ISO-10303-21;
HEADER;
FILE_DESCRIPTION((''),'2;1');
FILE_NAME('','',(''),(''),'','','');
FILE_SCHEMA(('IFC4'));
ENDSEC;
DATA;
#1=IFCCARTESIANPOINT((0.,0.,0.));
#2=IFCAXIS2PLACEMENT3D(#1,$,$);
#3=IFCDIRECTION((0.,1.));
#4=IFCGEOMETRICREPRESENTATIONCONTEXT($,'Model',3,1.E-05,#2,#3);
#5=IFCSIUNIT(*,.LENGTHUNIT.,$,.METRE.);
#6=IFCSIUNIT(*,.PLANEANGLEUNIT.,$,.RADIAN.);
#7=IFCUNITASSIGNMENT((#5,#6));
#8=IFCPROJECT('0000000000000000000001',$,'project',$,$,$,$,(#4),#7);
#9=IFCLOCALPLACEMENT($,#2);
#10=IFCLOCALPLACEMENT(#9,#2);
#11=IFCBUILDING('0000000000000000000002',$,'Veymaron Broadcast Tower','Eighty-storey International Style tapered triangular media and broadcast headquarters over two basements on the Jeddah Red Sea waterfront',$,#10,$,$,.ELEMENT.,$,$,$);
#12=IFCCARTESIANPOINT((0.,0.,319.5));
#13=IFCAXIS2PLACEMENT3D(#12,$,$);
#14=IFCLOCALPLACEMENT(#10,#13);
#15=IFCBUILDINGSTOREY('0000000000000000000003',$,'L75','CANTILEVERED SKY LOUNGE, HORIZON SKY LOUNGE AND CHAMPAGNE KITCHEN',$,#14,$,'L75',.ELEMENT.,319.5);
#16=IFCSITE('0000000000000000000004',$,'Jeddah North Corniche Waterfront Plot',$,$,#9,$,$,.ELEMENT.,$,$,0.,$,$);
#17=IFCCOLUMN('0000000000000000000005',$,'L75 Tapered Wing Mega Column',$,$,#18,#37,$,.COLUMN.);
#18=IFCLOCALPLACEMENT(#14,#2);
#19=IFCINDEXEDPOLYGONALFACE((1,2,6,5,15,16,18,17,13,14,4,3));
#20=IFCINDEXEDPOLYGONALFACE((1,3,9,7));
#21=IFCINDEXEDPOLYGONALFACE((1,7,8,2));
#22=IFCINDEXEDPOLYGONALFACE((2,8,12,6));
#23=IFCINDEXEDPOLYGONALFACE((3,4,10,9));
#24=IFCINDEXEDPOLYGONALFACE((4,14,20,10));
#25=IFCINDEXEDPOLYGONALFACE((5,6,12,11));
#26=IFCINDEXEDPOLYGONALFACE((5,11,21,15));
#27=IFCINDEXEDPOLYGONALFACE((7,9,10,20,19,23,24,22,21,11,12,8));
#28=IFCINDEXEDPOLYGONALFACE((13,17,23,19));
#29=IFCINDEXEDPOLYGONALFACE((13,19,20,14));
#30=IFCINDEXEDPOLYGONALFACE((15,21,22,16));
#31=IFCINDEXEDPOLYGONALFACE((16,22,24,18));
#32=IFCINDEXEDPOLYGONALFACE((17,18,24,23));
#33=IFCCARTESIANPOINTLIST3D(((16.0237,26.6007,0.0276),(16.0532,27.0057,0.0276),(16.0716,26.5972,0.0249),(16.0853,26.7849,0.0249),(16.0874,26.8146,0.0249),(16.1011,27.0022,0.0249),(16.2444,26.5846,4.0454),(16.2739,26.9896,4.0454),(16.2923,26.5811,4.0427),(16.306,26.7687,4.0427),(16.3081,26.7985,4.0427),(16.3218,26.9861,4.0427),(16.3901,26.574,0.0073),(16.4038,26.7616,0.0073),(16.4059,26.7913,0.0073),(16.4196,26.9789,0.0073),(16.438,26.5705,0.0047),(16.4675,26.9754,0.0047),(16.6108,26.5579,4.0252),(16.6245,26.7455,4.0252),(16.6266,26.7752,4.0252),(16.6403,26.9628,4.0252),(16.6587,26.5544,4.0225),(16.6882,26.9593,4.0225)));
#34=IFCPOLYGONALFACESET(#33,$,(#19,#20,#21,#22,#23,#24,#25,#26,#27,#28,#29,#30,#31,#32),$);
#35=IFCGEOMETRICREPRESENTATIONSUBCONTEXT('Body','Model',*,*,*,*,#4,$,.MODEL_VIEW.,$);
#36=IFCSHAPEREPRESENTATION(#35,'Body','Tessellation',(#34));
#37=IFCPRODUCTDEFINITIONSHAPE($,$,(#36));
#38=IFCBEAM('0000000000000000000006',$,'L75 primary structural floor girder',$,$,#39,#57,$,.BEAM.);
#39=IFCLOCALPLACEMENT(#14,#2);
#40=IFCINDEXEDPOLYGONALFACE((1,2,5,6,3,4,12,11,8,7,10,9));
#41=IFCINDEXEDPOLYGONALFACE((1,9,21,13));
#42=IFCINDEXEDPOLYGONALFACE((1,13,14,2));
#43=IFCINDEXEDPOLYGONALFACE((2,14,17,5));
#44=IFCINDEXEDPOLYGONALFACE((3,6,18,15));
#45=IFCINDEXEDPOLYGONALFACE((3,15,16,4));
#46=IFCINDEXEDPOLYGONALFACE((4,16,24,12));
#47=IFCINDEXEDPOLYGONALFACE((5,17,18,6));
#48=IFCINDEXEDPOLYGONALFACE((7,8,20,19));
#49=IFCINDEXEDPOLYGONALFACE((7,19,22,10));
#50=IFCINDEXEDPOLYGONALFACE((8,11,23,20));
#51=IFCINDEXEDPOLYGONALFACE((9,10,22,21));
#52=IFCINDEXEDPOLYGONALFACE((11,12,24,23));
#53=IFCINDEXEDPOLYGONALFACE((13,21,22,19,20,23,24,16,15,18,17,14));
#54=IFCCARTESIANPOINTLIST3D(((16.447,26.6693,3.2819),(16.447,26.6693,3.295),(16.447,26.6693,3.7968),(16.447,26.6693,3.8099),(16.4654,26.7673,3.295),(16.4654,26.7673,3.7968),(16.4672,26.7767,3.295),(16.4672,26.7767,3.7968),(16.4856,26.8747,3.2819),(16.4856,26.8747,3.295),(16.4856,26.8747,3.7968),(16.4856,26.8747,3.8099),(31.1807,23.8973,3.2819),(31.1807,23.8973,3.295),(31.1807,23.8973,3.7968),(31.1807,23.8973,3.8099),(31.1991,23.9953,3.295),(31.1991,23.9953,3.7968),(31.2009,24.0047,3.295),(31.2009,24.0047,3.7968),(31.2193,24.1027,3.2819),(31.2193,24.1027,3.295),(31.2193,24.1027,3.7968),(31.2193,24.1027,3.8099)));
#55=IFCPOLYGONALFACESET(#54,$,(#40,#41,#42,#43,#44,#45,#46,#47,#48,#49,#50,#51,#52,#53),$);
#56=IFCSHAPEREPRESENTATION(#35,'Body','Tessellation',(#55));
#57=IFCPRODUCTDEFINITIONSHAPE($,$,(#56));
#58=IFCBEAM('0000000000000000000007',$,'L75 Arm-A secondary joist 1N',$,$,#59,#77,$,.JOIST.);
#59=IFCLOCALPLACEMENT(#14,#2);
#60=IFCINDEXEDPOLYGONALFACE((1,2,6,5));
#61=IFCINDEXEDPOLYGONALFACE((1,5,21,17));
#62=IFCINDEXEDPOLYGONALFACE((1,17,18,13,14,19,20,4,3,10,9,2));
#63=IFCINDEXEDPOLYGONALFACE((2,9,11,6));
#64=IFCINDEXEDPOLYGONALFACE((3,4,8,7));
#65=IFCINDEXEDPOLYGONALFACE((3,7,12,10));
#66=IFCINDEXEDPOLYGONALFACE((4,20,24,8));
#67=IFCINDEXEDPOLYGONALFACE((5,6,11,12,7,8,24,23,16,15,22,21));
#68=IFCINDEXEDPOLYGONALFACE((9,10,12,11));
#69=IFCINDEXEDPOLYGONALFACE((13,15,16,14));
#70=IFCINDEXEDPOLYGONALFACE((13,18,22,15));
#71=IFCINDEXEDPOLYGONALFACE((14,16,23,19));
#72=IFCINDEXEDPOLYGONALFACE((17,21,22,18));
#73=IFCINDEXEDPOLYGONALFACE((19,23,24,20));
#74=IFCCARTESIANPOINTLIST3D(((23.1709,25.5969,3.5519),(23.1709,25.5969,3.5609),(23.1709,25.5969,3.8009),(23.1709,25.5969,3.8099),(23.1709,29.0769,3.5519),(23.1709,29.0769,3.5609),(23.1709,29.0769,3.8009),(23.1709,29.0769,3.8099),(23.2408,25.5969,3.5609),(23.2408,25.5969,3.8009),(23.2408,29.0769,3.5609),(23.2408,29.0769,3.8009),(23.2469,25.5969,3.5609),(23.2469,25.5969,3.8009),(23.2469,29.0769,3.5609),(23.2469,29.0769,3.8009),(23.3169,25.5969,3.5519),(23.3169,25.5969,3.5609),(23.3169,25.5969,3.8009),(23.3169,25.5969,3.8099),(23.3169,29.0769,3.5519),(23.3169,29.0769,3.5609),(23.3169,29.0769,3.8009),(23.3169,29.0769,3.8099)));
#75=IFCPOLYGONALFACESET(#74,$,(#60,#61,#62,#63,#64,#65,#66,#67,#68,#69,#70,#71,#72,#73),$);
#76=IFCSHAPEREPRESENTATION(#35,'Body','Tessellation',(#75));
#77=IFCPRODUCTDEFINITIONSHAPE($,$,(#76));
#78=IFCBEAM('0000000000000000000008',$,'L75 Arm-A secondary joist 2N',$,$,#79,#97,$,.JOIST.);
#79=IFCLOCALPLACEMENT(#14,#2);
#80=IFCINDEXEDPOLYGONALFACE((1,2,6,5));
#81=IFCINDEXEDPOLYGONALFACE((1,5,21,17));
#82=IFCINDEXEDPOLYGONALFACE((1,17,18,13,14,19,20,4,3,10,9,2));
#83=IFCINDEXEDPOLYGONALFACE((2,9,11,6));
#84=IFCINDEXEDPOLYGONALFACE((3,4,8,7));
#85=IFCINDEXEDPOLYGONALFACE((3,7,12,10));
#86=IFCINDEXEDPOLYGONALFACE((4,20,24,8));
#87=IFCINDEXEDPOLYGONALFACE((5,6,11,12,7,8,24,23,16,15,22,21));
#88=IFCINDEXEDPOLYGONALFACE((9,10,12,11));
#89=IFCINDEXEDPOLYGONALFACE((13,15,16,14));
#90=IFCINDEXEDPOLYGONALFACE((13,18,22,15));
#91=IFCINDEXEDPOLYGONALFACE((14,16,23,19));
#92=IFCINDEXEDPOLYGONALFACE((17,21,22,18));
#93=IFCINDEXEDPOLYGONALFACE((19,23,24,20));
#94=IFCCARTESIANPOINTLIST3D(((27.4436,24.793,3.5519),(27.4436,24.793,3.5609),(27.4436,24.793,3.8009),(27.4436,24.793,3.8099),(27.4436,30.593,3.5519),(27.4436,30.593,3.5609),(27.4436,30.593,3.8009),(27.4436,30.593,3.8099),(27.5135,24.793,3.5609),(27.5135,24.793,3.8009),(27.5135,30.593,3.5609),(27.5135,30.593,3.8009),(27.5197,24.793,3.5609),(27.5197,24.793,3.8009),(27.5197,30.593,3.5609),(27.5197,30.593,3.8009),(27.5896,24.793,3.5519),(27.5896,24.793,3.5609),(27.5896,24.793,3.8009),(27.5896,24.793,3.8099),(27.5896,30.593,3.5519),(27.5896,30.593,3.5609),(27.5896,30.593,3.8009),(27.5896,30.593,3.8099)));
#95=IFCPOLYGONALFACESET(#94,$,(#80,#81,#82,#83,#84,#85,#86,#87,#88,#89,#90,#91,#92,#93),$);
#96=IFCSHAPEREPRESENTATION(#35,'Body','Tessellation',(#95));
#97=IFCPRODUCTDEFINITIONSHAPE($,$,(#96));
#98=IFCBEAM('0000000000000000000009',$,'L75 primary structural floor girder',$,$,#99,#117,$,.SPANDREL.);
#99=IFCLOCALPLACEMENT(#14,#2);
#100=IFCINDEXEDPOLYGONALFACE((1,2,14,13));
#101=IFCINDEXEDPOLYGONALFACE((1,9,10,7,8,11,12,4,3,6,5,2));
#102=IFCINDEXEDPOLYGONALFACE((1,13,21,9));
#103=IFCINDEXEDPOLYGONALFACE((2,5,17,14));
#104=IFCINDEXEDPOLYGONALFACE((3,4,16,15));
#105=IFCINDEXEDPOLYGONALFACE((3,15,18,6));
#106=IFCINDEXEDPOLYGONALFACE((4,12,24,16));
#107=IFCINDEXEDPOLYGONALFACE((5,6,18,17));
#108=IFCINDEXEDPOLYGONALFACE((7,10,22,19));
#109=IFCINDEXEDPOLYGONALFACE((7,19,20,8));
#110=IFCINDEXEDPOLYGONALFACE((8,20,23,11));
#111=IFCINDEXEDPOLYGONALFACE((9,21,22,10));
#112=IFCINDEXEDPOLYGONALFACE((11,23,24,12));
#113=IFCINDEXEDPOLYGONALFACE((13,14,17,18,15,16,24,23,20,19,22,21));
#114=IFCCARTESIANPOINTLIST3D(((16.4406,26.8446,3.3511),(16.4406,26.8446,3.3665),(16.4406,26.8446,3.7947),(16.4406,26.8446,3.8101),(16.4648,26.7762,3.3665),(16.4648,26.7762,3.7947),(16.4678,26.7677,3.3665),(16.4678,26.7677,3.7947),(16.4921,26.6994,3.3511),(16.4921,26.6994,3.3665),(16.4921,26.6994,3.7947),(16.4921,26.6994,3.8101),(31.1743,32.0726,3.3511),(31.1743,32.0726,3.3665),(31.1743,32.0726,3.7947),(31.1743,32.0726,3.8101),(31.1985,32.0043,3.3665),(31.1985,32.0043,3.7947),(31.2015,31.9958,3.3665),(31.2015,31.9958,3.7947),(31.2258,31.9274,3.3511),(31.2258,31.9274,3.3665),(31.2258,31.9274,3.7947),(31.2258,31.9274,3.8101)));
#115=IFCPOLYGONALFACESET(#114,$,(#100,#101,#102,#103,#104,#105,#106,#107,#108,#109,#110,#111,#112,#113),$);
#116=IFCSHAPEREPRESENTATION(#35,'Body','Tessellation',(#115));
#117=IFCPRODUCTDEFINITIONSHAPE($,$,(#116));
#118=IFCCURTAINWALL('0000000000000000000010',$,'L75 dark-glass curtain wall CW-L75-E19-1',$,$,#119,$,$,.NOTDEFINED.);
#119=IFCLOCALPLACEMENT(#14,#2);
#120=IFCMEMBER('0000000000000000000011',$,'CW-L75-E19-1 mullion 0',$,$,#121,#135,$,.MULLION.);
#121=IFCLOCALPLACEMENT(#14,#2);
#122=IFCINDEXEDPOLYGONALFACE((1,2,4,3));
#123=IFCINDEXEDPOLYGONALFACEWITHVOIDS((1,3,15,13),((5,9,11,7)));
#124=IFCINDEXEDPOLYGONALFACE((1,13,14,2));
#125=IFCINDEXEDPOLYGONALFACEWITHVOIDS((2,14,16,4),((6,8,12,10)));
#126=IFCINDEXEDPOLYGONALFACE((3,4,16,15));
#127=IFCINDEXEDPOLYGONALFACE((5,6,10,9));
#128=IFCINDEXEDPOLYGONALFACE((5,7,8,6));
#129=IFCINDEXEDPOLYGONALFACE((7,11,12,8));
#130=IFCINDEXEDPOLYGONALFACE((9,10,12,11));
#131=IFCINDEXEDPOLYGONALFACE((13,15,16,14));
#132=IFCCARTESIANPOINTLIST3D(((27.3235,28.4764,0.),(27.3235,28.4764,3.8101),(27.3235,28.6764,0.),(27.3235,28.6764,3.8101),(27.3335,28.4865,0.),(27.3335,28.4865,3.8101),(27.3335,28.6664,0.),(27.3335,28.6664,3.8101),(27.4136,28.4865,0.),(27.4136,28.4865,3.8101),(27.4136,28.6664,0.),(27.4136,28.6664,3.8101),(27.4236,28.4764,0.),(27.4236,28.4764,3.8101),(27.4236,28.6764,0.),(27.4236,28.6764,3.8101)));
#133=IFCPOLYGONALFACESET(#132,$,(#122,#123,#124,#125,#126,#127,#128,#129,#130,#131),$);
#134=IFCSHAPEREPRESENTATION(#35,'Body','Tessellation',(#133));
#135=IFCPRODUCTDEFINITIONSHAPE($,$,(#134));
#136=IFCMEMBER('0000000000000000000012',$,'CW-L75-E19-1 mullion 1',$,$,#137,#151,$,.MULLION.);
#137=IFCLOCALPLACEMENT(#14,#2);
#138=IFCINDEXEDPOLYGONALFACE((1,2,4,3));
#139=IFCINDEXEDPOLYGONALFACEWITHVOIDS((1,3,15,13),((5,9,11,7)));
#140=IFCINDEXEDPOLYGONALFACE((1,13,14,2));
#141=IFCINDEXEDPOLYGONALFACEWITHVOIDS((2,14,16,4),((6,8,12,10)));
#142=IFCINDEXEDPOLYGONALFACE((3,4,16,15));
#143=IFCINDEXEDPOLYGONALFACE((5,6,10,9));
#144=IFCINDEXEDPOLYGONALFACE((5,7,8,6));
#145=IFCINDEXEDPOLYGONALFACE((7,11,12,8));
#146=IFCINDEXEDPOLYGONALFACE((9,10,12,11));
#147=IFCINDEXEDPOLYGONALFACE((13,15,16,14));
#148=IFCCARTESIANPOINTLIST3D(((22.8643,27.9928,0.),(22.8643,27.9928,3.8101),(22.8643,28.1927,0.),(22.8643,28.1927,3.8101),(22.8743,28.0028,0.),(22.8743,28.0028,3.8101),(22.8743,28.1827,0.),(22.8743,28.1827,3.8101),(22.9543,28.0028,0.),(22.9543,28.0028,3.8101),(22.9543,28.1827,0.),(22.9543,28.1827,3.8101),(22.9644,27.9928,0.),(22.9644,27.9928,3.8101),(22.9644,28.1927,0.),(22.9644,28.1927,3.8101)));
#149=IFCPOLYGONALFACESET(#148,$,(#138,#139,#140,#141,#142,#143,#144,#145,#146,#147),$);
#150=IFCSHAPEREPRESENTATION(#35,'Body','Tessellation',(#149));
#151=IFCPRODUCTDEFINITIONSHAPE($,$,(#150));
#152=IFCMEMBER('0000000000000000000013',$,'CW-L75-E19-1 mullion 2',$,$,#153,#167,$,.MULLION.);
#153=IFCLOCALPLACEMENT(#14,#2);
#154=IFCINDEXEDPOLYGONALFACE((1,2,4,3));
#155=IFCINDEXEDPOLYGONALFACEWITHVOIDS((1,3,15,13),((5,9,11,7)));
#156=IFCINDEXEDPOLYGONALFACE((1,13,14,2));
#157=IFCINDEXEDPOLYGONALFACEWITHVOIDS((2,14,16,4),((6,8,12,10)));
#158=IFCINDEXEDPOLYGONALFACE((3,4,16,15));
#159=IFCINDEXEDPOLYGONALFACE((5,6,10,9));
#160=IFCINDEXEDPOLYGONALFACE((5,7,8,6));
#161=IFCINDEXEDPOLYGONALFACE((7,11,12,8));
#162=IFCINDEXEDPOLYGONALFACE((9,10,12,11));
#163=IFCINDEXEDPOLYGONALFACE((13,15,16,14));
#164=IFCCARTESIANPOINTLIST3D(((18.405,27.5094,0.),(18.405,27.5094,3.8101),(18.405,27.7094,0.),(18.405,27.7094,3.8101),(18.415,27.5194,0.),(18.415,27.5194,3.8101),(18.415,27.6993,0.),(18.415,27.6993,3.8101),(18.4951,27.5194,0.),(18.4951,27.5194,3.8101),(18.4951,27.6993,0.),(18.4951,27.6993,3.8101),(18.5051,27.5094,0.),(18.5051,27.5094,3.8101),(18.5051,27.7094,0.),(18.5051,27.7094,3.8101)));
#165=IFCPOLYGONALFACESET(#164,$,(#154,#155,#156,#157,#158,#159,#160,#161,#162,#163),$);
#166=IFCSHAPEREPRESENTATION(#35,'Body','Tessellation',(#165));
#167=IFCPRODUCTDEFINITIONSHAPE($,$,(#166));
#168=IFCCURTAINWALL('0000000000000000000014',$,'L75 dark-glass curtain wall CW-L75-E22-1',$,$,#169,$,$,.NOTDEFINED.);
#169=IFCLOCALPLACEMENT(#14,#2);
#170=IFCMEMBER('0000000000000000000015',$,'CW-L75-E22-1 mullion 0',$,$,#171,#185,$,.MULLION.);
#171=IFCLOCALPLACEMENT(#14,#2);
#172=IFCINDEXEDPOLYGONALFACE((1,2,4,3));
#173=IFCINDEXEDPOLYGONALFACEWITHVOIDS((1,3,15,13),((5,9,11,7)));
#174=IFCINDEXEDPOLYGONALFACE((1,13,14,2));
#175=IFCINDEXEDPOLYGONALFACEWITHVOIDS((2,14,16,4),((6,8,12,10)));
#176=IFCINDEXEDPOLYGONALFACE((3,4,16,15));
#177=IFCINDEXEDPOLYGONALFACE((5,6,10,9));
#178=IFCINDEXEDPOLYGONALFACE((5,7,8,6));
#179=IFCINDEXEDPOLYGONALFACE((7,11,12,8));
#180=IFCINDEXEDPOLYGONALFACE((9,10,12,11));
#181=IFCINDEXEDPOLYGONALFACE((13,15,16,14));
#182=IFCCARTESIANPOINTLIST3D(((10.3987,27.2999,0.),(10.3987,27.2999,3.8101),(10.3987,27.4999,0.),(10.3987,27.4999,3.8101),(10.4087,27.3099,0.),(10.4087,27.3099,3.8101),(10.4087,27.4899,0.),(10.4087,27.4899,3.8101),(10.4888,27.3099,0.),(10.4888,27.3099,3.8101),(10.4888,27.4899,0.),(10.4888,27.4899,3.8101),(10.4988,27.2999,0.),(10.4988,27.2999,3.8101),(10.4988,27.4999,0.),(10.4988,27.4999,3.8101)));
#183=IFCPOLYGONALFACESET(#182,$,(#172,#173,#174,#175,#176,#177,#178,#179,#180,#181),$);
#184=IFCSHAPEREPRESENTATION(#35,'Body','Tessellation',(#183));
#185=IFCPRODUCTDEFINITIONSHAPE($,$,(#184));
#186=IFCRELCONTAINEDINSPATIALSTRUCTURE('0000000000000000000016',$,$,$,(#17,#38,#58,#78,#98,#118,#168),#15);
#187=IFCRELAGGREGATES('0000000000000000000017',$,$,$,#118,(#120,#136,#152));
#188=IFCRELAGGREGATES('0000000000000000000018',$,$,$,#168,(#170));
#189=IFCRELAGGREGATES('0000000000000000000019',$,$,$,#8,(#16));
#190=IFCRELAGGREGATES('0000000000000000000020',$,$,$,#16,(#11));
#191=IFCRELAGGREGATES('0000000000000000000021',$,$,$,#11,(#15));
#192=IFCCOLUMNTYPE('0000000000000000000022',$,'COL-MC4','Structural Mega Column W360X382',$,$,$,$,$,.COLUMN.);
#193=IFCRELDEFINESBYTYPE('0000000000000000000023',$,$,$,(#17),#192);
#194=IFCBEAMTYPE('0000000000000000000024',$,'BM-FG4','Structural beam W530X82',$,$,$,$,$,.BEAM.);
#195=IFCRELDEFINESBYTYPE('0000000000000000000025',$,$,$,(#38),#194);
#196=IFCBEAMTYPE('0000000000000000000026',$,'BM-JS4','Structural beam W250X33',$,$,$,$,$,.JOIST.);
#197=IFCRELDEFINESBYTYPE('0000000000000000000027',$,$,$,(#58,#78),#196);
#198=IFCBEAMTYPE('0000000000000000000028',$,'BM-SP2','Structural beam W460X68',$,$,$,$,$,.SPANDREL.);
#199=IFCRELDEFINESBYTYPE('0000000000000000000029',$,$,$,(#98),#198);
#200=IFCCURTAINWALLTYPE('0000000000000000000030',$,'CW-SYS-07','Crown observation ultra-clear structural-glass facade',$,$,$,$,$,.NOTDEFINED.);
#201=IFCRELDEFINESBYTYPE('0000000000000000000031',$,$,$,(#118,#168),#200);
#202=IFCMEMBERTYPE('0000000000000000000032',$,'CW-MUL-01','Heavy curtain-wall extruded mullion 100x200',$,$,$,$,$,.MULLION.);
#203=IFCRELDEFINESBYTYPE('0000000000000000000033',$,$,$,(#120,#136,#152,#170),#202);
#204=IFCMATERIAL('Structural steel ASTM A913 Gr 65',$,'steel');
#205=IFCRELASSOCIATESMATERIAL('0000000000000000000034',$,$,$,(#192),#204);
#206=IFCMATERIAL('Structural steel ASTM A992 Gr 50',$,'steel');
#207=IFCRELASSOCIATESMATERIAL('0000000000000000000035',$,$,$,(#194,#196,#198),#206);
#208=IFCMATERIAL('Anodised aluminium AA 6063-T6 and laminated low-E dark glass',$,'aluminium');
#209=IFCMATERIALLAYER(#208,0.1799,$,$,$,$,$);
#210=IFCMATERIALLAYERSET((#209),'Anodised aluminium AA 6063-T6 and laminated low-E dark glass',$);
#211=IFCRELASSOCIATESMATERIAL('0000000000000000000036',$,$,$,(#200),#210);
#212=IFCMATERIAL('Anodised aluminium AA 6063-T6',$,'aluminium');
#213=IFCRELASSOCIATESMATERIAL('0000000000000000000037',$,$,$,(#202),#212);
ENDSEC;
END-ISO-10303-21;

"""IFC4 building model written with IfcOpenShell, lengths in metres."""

from ifc_helpers import new_model, si_unit, direction, frame, origin, origin_2d, place, context, subcontext, project, spatial, hollow_rectangle, i_section, extrude, material, layer, layer_set, material_profile, profile_set, type_object, element, aggregate, save


model = new_model("IFC4")

# Units and contexts
model_context = context("Model", 3, precision=1e-05, world=origin(), true_north=direction((0.0, 1.0)))
body_context = subcontext(model_context, "Body", "Model", "MODEL_VIEW")
ifc_project = project(units=[si_unit("LENGTHUNIT", "METRE"), si_unit("PLANEANGLEUNIT", "RADIAN")], contexts=[model_context])

# Site, building, storey
site_placement = place(None, origin())
site = spatial("IfcSite", under=ifc_project, at=site_placement, Name="Jeddah North Corniche Waterfront Plot", CompositionType="ELEMENT", RefElevation=0.0)
building_placement = place(site_placement, origin())
building = spatial("IfcBuilding", under=site, at=building_placement, Name="Veymaron Broadcast Tower", Description="Eighty-storey International Style tapered triangular media and broadcast headquarters over two basements on the Jeddah Red Sea waterfront", CompositionType="ELEMENT")
storey_placement = place(building_placement, frame((0.0, 0.0, 319.5)))
storey = spatial("IfcBuildingStorey", under=building, at=storey_placement, Name="L75", Description="CANTILEVERED SKY LOUNGE, HORIZON SKY LOUNGE AND CHAMPAGNE KITCHEN", LongName="L75", CompositionType="ELEMENT", Elevation=319.5)

# Column
ifc_material_1 = material(Name="Structural steel ASTM A913 Gr 65", Category="steel")
ifc_material_profile_1 = material_profile(ifc_material_1, i_section(OverallWidth=0.406, OverallDepth=0.416, WebThickness=0.0298, FlangeThickness=0.0481, at=origin_2d()), Name="W360X382")
ifc_profile_set_1 = profile_set([ifc_material_profile_1], Name="Structural steel ASTM A913 Gr 65")
column_type = type_object("IfcColumnType", Name="COL-MC4", Description="Structural Mega Column W360X382", PredefinedType="COLUMN", material=ifc_profile_set_1)
column_placement = place(storey_placement, frame((16.2456, 26.7881, 0.0161), z_axis=(0.054848, -0.004004, 0.998487), x_axis=(0.072815, 0.997345, 0.0)))
element("IfcColumn", 1, at=column_placement, inside=storey, type_object=column_type, Name="L75 Tapered Wing Mega Column", PredefinedType="COLUMN", context=body_context, shape_type="SweptSolid", body=[
    extrude(i_section(OverallWidth=0.406, OverallDepth=0.416, WebThickness=0.0298, FlangeThickness=0.0481, at=origin_2d()), origin(), (0.0, 0.0, 1.0), 4.0239),
])

# Beams
ifc_material_2 = material(Name="Structural steel ASTM A992 Gr 50", Category="steel")
ifc_material_profile_2 = material_profile(ifc_material_2, i_section(OverallWidth=0.209, OverallDepth=0.5281, WebThickness=0.0095, FlangeThickness=0.0132, at=origin_2d()), Name="W530X82")
ifc_profile_set_2 = profile_set([ifc_material_profile_2], Name="Structural steel ASTM A992 Gr 50")
beam_type_1 = type_object("IfcBeamType", Name="BM-FG4", Description="Structural beam W530X82", PredefinedType="BEAM", material=ifc_profile_set_2)
beam_1_placement = place(storey_placement, frame((16.4663, 26.772, 3.5459), z_axis=(0.982758, -0.184895, 0.0), x_axis=(0.184895, 0.982758, 0.0)))
element("IfcBeam", 2, at=beam_1_placement, inside=storey, type_object=beam_type_1, Name="L75 primary structural floor girder", PredefinedType="BEAM", context=body_context, shape_type="SweptSolid", body=[
    extrude(i_section(OverallWidth=0.209, OverallDepth=0.5281, WebThickness=0.0095, FlangeThickness=0.0132, at=origin_2d()), origin(), (0.0, 0.0, 1.0), 14.9922),
])
ifc_material_profile_3 = material_profile(ifc_material_2, i_section(OverallWidth=0.146, OverallDepth=0.2581, WebThickness=0.0061, FlangeThickness=0.009, at=origin_2d()), Name="W250X33")
ifc_profile_set_3 = profile_set([ifc_material_profile_3], Name="Structural steel ASTM A992 Gr 50")
beam_type_2 = type_object("IfcBeamType", Name="BM-JS4", Description="Structural beam W250X33", PredefinedType="JOIST", material=ifc_profile_set_3)
beam_2_placement = place(storey_placement, frame((23.2439, 25.5969, 3.6809), z_axis=(0.0, 1.0, 0.0), x_axis=(-1.0, 0.0, 0.0)))
element("IfcBeam", 3, at=beam_2_placement, inside=storey, type_object=beam_type_2, Name="L75 Arm-A secondary joist 1N", PredefinedType="JOIST", context=body_context, shape_type="SweptSolid", body=[
    extrude(i_section(OverallWidth=0.146, OverallDepth=0.2581, WebThickness=0.0061, FlangeThickness=0.009, at=origin_2d()), origin(), (0.0, 0.0, 1.0), 3.48),
])
beam_3_placement = place(storey_placement, frame((27.5166, 24.793, 3.6809), z_axis=(0.0, 1.0, 0.0), x_axis=(-1.0, 0.0, 0.0)))
element("IfcBeam", 4, at=beam_3_placement, inside=storey, type_object=beam_type_2, Name="L75 Arm-A secondary joist 2N", PredefinedType="JOIST", context=body_context, shape_type="SweptSolid", body=[
    extrude(i_section(OverallWidth=0.146, OverallDepth=0.2581, WebThickness=0.0061, FlangeThickness=0.009, at=origin_2d()), origin(), (0.0, 0.0, 1.0), 5.8),
])
ifc_material_profile_4 = material_profile(ifc_material_2, i_section(OverallWidth=0.1541, OverallDepth=0.459, WebThickness=0.009, FlangeThickness=0.0154, at=origin_2d()), Name="W460X68")
ifc_profile_set_4 = profile_set([ifc_material_profile_4], Name="Structural steel ASTM A992 Gr 50")
beam_type_3 = type_object("IfcBeamType", Name="BM-SP2", Description="Structural beam W460X68", PredefinedType="SPANDREL", material=ifc_profile_set_4)
beam_4_placement = place(storey_placement, frame((16.4663, 26.772, 3.5806), z_axis=(0.942429, 0.334408, 0.0), x_axis=(-0.334408, 0.942429, 0.0)))
element("IfcBeam", 5, at=beam_4_placement, inside=storey, type_object=beam_type_3, Name="L75 primary structural floor girder", PredefinedType="SPANDREL", context=body_context, shape_type="SweptSolid", body=[
    extrude(i_section(OverallWidth=0.1541, OverallDepth=0.459, WebThickness=0.009, FlangeThickness=0.0154, at=origin_2d()), origin(), (0.0, 0.0, 1.0), 15.6338),
])

# Curtain walls, members
ifc_material_3 = material(Name="Anodised aluminium AA 6063-T6 and laminated low-E dark glass", Category="aluminium")
ifc_layer_1 = layer(ifc_material_3, 0.1799)
ifc_layer_set_1 = layer_set([ifc_layer_1], Name="Anodised aluminium AA 6063-T6 and laminated low-E dark glass")
curtain_wall_type = type_object("IfcCurtainWallType", Name="CW-SYS-07", Description="Crown observation ultra-clear structural-glass facade", PredefinedType="NOTDEFINED", material=ifc_layer_set_1)
curtain_wall_1_placement = place(storey_placement, origin())
curtain_wall_1 = element("IfcCurtainWall", 6, at=curtain_wall_1_placement, inside=storey, type_object=curtain_wall_type, Name="L75 dark-glass curtain wall CW-L75-E19-1", PredefinedType="NOTDEFINED")
ifc_material_4 = material(Name="Anodised aluminium AA 6063-T6", Category="aluminium")
ifc_material_profile_5 = material_profile(ifc_material_4, hollow_rectangle(XDim=0.1001, YDim=0.2, WallThickness=0.01, at=origin_2d()), Name="RHS200X100X10")
ifc_profile_set_5 = profile_set([ifc_material_profile_5], Name="Anodised aluminium AA 6063-T6")
member_type_1 = type_object("IfcMemberType", Name="CW-MUL-01", Description="Heavy curtain-wall extruded mullion 100x200", PredefinedType="MULLION", material=ifc_profile_set_5)
member_1_placement = place(storey_placement, frame((27.3735, 28.5764, 0.0), z_axis=(0.0, 0.0, 1.0), x_axis=(1.0, 0.0, 0.0)))
member_1 = element("IfcMember", 7, at=member_1_placement, type_object=member_type_1, Name="CW-L75-E19-1 mullion 0", PredefinedType="MULLION", context=body_context, shape_type="SweptSolid", body=[
    extrude(hollow_rectangle(XDim=0.1001, YDim=0.2, WallThickness=0.01, at=origin_2d()), origin(), (0.0, 0.0, 1.0), 3.8101),
])
member_2_placement = place(storey_placement, frame((22.9143, 28.0928, 0.0), z_axis=(0.0, 0.0, 1.0), x_axis=(1.0, 0.0, 0.0)))
member_2 = element("IfcMember", 8, at=member_2_placement, type_object=member_type_1, Name="CW-L75-E19-1 mullion 1", PredefinedType="MULLION", context=body_context, shape_type="SweptSolid", body=[
    extrude(hollow_rectangle(XDim=0.1001, YDim=0.2, WallThickness=0.01, at=origin_2d()), origin(), (0.0, 0.0, 1.0), 3.8101),
])
member_3_placement = place(storey_placement, frame((18.4551, 27.6094, 0.0), z_axis=(0.0, 0.0, 1.0), x_axis=(1.0, 0.0, 0.0)))
member_3 = element("IfcMember", 9, at=member_3_placement, type_object=member_type_1, Name="CW-L75-E19-1 mullion 2", PredefinedType="MULLION", context=body_context, shape_type="SweptSolid", body=[
    extrude(hollow_rectangle(XDim=0.1001, YDim=0.2, WallThickness=0.01, at=origin_2d()), origin(), (0.0, 0.0, 1.0), 3.8101),
])
curtain_wall_2_placement = place(storey_placement, origin())
curtain_wall_2 = element("IfcCurtainWall", 10, at=curtain_wall_2_placement, inside=storey, type_object=curtain_wall_type, Name="L75 dark-glass curtain wall CW-L75-E22-1", PredefinedType="NOTDEFINED")
member_4_placement = place(storey_placement, frame((10.4487, 27.3999, 0.0), z_axis=(0.0, 0.0, 1.0), x_axis=(1.0, 0.0, 0.0)))
member_4 = element("IfcMember", 11, at=member_4_placement, type_object=member_type_1, Name="CW-L75-E22-1 mullion 0", PredefinedType="MULLION", context=body_context, shape_type="SweptSolid", body=[
    extrude(hollow_rectangle(XDim=0.1001, YDim=0.2, WallThickness=0.01, at=origin_2d()), origin(), (0.0, 0.0, 1.0), 3.8101),
])

aggregate(curtain_wall_1, [member_1, member_2, member_3])
aggregate(curtain_wall_2, [member_4])

save(model, "model.ifc")
